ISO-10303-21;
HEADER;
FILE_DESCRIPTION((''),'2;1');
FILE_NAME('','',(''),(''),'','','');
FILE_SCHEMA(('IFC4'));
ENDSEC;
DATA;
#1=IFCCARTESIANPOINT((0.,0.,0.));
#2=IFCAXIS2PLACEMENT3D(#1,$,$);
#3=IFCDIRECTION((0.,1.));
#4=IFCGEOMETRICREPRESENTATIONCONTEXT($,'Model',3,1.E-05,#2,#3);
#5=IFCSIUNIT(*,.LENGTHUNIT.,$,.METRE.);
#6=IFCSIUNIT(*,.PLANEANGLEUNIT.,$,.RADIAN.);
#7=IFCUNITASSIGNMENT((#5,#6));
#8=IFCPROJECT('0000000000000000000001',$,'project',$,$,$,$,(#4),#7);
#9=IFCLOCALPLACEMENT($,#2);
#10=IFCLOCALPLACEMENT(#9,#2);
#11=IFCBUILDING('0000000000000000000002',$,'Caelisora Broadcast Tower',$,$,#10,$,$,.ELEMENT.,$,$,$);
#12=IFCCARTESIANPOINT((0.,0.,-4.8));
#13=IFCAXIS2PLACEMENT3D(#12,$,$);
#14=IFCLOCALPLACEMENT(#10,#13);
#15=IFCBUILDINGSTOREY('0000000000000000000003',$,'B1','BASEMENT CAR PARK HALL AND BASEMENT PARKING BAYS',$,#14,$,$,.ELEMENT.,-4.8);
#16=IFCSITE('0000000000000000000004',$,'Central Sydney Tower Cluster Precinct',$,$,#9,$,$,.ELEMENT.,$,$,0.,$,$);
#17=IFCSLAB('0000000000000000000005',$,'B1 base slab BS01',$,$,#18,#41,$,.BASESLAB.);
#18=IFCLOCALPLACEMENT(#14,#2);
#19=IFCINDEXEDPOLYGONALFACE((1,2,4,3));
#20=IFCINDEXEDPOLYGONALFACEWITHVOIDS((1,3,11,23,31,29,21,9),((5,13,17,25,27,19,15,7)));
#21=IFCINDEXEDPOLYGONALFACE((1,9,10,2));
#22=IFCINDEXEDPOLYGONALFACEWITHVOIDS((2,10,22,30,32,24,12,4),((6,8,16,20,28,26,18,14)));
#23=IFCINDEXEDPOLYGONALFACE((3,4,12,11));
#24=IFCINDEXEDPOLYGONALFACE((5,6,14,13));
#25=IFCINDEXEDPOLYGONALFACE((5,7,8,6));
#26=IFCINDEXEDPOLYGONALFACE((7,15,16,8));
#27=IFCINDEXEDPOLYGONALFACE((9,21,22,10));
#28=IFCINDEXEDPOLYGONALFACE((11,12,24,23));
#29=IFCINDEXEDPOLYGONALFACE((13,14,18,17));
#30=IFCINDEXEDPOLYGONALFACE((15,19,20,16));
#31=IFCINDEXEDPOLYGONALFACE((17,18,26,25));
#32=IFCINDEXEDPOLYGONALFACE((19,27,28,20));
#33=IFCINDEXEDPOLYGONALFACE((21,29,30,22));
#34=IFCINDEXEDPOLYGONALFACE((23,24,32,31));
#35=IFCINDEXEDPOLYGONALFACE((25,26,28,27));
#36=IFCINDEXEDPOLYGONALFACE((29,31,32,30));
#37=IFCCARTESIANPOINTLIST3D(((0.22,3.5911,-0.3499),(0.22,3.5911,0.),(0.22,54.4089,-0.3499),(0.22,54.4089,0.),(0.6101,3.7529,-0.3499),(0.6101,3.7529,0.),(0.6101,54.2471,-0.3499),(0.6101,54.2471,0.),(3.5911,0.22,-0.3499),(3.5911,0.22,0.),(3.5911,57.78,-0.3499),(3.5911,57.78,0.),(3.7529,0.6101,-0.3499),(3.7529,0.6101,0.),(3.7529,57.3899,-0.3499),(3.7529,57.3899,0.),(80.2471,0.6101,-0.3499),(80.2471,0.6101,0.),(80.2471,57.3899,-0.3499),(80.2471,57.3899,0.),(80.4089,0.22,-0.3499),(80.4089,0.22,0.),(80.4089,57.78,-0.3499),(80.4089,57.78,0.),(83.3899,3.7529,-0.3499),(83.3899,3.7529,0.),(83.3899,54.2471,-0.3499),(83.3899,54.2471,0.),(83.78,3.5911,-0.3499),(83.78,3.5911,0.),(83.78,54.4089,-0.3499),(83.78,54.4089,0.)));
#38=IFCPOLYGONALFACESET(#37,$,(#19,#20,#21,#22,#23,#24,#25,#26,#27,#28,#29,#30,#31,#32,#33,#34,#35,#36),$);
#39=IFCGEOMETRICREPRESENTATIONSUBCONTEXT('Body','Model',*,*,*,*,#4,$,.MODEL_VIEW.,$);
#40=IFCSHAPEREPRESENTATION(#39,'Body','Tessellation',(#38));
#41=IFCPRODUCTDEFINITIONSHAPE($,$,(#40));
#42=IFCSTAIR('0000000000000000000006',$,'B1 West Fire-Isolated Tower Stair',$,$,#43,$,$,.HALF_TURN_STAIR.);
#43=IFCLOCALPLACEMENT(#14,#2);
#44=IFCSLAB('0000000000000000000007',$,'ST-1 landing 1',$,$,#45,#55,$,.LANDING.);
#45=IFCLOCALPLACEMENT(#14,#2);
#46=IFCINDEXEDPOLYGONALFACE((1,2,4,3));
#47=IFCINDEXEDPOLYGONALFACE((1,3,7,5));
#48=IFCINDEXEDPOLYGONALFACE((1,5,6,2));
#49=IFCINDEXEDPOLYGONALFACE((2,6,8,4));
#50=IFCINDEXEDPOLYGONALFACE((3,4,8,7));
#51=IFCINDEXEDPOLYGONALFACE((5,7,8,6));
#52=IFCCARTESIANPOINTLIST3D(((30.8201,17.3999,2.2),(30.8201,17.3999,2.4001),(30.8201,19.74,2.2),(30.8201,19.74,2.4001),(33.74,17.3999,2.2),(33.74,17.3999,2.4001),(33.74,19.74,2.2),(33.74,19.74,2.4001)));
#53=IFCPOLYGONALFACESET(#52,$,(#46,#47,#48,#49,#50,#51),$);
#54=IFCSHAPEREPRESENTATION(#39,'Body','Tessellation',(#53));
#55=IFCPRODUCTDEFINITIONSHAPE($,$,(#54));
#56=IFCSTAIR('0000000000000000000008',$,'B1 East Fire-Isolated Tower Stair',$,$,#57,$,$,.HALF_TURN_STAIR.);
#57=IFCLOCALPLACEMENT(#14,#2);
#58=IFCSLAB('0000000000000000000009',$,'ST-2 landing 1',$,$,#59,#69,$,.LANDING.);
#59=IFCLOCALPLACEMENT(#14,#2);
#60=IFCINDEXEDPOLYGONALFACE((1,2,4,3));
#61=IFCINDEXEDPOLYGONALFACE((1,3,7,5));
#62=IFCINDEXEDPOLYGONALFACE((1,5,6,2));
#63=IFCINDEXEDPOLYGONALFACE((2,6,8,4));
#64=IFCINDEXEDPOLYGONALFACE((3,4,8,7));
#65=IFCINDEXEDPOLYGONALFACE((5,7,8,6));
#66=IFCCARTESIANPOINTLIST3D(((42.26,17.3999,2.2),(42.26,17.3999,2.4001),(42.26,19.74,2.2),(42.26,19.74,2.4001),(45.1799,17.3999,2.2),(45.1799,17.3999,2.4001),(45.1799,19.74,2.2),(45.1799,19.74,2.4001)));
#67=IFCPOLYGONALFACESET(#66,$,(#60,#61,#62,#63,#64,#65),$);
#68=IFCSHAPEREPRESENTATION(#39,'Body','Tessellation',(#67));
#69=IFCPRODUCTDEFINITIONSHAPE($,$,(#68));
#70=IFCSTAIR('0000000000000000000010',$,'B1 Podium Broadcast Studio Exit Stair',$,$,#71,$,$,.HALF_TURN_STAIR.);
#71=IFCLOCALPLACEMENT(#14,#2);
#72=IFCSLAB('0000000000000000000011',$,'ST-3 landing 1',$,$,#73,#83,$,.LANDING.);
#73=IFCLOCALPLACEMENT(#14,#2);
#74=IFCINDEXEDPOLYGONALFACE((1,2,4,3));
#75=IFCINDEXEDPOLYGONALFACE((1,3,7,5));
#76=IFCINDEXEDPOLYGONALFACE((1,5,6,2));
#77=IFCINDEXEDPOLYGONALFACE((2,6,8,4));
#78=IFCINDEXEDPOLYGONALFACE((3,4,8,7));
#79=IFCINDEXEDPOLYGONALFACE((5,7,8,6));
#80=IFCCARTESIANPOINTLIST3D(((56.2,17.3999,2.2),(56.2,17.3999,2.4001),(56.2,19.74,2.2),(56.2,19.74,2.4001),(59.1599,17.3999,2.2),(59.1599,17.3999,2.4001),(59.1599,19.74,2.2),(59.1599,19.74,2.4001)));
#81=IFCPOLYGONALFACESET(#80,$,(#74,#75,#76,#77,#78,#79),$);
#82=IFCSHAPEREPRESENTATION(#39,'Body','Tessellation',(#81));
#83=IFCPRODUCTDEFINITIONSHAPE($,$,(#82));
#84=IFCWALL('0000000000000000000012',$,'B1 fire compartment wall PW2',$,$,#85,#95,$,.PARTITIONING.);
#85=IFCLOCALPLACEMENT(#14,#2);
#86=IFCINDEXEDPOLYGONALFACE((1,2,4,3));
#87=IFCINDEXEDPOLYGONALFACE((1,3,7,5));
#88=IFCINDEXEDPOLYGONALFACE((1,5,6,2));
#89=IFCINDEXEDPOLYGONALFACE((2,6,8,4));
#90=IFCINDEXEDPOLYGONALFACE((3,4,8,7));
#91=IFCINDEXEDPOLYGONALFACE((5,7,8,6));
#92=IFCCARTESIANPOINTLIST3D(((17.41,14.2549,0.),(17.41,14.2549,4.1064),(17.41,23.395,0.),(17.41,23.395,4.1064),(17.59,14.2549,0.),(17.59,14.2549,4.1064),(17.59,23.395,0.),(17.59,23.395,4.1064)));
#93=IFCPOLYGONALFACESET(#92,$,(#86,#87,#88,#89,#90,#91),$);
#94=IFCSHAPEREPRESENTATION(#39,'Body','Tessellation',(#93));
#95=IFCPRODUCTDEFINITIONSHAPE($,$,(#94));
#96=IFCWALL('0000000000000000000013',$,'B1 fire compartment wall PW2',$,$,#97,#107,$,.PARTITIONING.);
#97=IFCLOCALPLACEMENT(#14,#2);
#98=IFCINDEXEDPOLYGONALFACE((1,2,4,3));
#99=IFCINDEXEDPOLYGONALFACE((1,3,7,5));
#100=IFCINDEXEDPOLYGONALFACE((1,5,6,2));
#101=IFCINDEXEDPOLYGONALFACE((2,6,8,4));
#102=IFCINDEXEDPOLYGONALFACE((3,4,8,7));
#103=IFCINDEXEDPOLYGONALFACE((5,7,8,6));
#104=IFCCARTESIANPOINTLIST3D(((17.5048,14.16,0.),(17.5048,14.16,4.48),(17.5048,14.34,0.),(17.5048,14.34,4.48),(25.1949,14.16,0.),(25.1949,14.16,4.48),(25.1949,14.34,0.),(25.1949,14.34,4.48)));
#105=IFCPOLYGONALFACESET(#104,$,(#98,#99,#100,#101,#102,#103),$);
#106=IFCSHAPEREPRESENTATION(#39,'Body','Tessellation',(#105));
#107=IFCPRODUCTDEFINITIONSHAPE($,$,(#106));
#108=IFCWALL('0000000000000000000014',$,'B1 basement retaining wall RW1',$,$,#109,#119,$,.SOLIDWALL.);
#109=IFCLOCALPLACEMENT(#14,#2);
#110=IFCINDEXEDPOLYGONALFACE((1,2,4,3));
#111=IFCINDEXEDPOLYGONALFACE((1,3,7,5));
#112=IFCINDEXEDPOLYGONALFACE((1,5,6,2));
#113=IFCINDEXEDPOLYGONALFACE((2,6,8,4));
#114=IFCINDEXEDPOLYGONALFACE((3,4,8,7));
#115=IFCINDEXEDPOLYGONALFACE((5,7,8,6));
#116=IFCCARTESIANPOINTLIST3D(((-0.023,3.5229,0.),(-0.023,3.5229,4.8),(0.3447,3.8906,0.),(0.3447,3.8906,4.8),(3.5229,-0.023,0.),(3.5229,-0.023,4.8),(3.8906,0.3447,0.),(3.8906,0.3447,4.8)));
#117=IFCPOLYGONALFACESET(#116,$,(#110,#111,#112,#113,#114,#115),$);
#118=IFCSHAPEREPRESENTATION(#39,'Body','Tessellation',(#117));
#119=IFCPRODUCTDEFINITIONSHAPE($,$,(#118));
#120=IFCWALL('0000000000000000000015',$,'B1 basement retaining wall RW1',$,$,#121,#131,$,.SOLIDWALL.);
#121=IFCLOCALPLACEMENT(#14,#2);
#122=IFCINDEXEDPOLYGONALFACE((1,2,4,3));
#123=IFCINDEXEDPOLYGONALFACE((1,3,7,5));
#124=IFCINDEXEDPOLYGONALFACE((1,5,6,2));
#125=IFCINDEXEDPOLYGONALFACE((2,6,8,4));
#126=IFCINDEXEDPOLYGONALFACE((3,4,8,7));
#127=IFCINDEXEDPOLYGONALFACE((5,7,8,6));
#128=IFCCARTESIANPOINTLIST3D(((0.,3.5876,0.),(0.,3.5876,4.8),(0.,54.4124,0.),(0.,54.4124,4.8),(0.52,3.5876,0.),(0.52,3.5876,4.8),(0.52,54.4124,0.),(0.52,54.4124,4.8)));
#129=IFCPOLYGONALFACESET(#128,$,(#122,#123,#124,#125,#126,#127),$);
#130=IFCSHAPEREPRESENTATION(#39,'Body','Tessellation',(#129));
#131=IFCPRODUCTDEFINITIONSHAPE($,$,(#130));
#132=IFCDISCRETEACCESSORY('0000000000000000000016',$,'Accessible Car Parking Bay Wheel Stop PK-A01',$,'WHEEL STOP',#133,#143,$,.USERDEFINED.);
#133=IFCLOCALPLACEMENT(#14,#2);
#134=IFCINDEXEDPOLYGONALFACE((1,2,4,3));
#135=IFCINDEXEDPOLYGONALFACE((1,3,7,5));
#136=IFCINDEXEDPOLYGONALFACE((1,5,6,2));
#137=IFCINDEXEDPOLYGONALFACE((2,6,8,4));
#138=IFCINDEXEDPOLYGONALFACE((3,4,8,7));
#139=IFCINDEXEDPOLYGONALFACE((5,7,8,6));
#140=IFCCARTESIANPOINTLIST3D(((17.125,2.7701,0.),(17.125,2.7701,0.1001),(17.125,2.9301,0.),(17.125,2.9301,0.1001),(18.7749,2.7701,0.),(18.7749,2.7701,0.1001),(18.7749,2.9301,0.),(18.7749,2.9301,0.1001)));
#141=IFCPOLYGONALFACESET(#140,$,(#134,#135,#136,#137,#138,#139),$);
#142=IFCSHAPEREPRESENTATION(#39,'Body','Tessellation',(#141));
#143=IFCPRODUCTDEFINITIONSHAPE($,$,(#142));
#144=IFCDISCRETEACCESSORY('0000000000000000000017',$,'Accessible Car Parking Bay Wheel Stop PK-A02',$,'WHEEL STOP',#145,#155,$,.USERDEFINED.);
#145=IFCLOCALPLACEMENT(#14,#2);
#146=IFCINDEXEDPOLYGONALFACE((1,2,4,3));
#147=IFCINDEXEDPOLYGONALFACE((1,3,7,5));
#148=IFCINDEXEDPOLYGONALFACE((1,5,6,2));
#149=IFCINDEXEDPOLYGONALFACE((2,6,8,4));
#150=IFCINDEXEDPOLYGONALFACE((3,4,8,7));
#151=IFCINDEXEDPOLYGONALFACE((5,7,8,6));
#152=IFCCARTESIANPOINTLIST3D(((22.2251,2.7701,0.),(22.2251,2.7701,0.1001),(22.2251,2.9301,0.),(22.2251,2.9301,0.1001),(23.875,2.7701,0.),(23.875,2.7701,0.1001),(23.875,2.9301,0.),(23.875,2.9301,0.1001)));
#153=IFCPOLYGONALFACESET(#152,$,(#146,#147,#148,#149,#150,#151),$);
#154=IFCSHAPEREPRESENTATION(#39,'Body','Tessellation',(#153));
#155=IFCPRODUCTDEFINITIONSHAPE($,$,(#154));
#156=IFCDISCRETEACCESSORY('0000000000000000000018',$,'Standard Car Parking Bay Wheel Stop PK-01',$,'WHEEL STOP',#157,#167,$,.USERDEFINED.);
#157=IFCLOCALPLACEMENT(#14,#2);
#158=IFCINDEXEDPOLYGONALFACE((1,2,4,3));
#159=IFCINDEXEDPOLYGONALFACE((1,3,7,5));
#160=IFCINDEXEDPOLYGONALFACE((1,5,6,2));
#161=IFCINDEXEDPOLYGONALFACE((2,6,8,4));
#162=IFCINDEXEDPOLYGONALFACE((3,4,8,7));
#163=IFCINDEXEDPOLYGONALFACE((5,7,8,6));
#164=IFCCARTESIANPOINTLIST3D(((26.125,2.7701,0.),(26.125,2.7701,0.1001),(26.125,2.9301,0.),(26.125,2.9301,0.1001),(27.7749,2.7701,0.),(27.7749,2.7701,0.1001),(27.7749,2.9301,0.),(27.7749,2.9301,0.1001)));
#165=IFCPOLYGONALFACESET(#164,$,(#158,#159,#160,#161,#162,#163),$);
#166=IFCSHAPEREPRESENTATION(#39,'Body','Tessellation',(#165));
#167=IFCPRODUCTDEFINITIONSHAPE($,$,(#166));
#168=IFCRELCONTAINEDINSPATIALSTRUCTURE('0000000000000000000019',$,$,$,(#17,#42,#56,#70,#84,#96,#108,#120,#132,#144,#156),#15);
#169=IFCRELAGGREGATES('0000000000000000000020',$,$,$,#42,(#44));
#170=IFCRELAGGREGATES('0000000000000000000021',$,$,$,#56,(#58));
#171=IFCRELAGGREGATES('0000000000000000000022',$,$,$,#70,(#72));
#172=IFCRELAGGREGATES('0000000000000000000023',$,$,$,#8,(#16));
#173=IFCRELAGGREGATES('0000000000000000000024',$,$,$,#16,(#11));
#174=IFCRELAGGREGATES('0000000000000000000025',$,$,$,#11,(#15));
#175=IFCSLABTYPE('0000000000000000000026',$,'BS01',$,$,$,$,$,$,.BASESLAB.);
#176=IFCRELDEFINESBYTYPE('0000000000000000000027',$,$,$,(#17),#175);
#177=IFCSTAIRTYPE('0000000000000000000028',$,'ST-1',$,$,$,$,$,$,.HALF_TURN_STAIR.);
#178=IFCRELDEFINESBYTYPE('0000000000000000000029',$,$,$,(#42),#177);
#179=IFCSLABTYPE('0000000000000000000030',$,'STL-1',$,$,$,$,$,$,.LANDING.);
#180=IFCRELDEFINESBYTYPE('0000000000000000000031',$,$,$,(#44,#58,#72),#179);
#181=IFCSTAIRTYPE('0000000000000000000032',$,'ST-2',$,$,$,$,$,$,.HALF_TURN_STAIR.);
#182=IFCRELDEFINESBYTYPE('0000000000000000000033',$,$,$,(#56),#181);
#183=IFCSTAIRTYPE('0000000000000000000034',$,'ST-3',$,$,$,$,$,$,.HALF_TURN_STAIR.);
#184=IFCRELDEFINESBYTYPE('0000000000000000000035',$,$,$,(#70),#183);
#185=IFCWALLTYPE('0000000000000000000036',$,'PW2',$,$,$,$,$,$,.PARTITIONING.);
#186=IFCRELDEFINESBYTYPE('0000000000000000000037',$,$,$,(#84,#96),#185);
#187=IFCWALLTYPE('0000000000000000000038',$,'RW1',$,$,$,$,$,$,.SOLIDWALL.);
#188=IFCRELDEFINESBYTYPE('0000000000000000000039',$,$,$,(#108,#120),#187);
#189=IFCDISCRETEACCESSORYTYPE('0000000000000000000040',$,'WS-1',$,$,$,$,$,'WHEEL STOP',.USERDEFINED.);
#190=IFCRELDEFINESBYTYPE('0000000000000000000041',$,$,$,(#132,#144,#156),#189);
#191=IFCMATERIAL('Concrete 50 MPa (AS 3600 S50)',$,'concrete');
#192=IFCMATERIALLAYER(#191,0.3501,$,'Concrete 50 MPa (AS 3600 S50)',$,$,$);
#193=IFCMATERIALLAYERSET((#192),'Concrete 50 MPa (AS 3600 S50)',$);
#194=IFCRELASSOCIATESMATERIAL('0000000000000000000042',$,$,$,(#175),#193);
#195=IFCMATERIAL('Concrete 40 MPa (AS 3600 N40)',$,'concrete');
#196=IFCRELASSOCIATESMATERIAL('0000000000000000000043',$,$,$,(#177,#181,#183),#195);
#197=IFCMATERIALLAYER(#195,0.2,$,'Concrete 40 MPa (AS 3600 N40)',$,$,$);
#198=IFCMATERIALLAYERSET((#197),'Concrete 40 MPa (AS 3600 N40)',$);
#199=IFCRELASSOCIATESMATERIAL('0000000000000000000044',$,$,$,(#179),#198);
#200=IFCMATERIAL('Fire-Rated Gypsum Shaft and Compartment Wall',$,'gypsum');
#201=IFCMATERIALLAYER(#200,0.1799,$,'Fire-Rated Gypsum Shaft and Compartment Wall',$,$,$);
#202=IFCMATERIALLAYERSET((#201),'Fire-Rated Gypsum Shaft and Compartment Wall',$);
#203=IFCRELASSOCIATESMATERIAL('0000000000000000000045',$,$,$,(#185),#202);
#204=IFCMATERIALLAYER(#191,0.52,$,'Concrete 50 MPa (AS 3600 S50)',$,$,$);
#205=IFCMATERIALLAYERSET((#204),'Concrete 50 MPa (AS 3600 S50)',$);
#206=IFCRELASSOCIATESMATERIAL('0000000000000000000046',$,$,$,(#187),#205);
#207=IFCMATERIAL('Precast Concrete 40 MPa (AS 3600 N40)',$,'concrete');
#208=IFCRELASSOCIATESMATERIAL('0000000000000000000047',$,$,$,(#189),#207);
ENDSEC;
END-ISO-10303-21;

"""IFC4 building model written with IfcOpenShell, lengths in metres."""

from ifc_helpers import new_model, si_unit, direction, frame, frame_2d, origin, origin_2d, place, context, subcontext, project, spatial, polyline, rectangle, outline, extrude, source, transform, mapped, material, layer, layer_set, type_object, type_shapes, element, aggregate, save


model = new_model("IFC4")

# Units and contexts
model_context = context("Model", 3, precision=1e-05, world=origin(), true_north=direction((0.0, 1.0)))
body_context = subcontext(model_context, "Body", "Model", "MODEL_VIEW")
ifc_project = project(units=[si_unit("LENGTHUNIT", "METRE"), si_unit("PLANEANGLEUNIT", "RADIAN")], contexts=[model_context])

# Site, building, storey
site_placement = place(None, origin())
site = spatial("IfcSite", under=ifc_project, at=site_placement, Name="Central Sydney Tower Cluster Precinct", CompositionType="ELEMENT", RefElevation=0.0)
building_placement = place(site_placement, origin())
building = spatial("IfcBuilding", under=site, at=building_placement, Name="Caelisora Broadcast Tower", CompositionType="ELEMENT")
storey_placement = place(building_placement, frame((0.0, 0.0, -4.8)))
storey = spatial("IfcBuildingStorey", under=building, at=storey_placement, Name="B1", Description="BASEMENT CAR PARK HALL AND BASEMENT PARKING BAYS", CompositionType="ELEMENT", Elevation=-4.8)

# Shared definitions
ifc_material_1 = material(Name="Concrete 50 MPa (AS 3600 S50)", Category="concrete")

# Shared definitions
ifc_material_2 = material(Name="Concrete 40 MPa (AS 3600 N40)", Category="concrete")

# Slab
ifc_layer_1 = layer(ifc_material_1, 0.3501, Name="Concrete 50 MPa (AS 3600 S50)")
ifc_layer_set_1 = layer_set([ifc_layer_1], Name="Concrete 50 MPa (AS 3600 S50)")
slab_type_1 = type_object("IfcSlabType", Name="BS01", PredefinedType="BASESLAB", material=ifc_layer_set_1)
slab_1_placement = place(storey_placement, frame((0.0, 0.0, -0.3499)))
element("IfcSlab", 1, at=slab_1_placement, inside=storey, type_object=slab_type_1, Name="B1 base slab BS01", PredefinedType="BASESLAB", context=body_context, shape_type="SweptSolid", body=[
    extrude(outline(polyline([(3.5911, 0.22), (0.22, 3.5911), (0.22, 54.4089), (3.5911, 57.78), (80.4089, 57.78), (83.78, 54.4089), (83.78, 3.5911), (80.4089, 0.22), (3.5911, 0.22)]), holes=[polyline([(3.7529, 0.6101), (0.6101, 3.7529), (0.6101, 54.2471), (3.7529, 57.3899), (80.2471, 57.3899), (83.3899, 54.2471), (83.3899, 3.7529), (80.2471, 0.6101), (3.7529, 0.6101)])]), origin(), (0.0, 0.0, 1.0), 0.3499),
])

# Stairs, slabs
stair_type_1 = type_object("IfcStairType", Name="ST-1", PredefinedType="HALF_TURN_STAIR", material=ifc_material_2)
stair_1_placement = place(storey_placement, origin())
stair_1 = element("IfcStair", 2, at=stair_1_placement, inside=storey, type_object=stair_type_1, Name="B1 West Fire-Isolated Tower Stair", PredefinedType="HALF_TURN_STAIR")
ifc_layer_2 = layer(ifc_material_2, 0.2, Name="Concrete 40 MPa (AS 3600 N40)")
ifc_layer_set_2 = layer_set([ifc_layer_2], Name="Concrete 40 MPa (AS 3600 N40)")
slab_type_2 = type_object("IfcSlabType", Name="STL-1", PredefinedType="LANDING", material=ifc_layer_set_2)
slab_2_placement = place(storey_placement, frame((0.0, 0.0, 2.2)))
slab_2 = element("IfcSlab", 3, at=slab_2_placement, type_object=slab_type_2, Name="ST-1 landing 1", PredefinedType="LANDING", context=body_context, shape_type="SweptSolid", body=[
    extrude(outline(polyline([(30.8201, 19.74), (30.8201, 17.3999), (33.74, 17.3999), (33.74, 19.74), (30.8201, 19.74)])), origin(), (0.0, 0.0, 1.0), 0.2002),
])
aggregate(stair_1, [slab_2])
stair_type_2 = type_object("IfcStairType", Name="ST-2", PredefinedType="HALF_TURN_STAIR", material=ifc_material_2)
stair_2_placement = place(storey_placement, origin())
stair_2 = element("IfcStair", 4, at=stair_2_placement, inside=storey, type_object=stair_type_2, Name="B1 East Fire-Isolated Tower Stair", PredefinedType="HALF_TURN_STAIR")
slab_3_placement = place(storey_placement, frame((0.0, 0.0, 2.2)))
slab_3 = element("IfcSlab", 5, at=slab_3_placement, type_object=slab_type_2, Name="ST-2 landing 1", PredefinedType="LANDING", context=body_context, shape_type="SweptSolid", body=[
    extrude(outline(polyline([(42.26, 19.74), (42.26, 17.3999), (45.1799, 17.3999), (45.1799, 19.74), (42.26, 19.74)])), origin(), (0.0, 0.0, 1.0), 0.2002),
])
aggregate(stair_2, [slab_3])
stair_type_3 = type_object("IfcStairType", Name="ST-3", PredefinedType="HALF_TURN_STAIR", material=ifc_material_2)
stair_3_placement = place(storey_placement, origin())
stair_3 = element("IfcStair", 6, at=stair_3_placement, inside=storey, type_object=stair_type_3, Name="B1 Podium Broadcast Studio Exit Stair", PredefinedType="HALF_TURN_STAIR")
slab_4_placement = place(storey_placement, frame((0.0, 0.0, 2.2)))
slab_4 = element("IfcSlab", 7, at=slab_4_placement, type_object=slab_type_2, Name="ST-3 landing 1", PredefinedType="LANDING", context=body_context, shape_type="SweptSolid", body=[
    extrude(outline(polyline([(56.2, 19.74), (56.2, 17.3999), (59.1599, 17.3999), (59.1599, 19.74), (56.2, 19.74)])), origin(), (0.0, 0.0, 1.0), 0.2002),
])
aggregate(stair_3, [slab_4])

# Walls
ifc_material_3 = material(Name="Fire-Rated Gypsum Shaft and Compartment Wall", Category="gypsum")
ifc_layer_3 = layer(ifc_material_3, 0.1799, Name="Fire-Rated Gypsum Shaft and Compartment Wall")
ifc_layer_set_3 = layer_set([ifc_layer_3], Name="Fire-Rated Gypsum Shaft and Compartment Wall")
wall_type_1 = type_object("IfcWallType", Name="PW2", PredefinedType="PARTITIONING", material=ifc_layer_set_3)
wall_1_placement = place(storey_placement, frame((17.5, 14.2549, 0.0), z_axis=(0.0, 0.0, 1.0), x_axis=(0.0, 1.0, 0.0)))
element("IfcWall", 8, at=wall_1_placement, inside=storey, type_object=wall_type_1, Name="B1 fire compartment wall PW2", PredefinedType="PARTITIONING", context=body_context, shape_type="SweptSolid", body=[
    extrude(rectangle(XDim=9.1401, YDim=0.1799, at=frame_2d((4.5701, 0.0))), origin(), (0.0, 0.0, 1.0), 4.1064),
])
wall_2_placement = place(storey_placement, frame((25.1951, 14.25, 0.0), z_axis=(0.0, 0.0, 1.0), x_axis=(-1.0, 0.0, 0.0)))
element("IfcWall", 9, at=wall_2_placement, inside=storey, type_object=wall_type_1, Name="B1 fire compartment wall PW2", PredefinedType="PARTITIONING", context=body_context, shape_type="SweptSolid", body=[
    extrude(rectangle(XDim=7.6902, YDim=0.1799, at=frame_2d((3.8452, 0.0))), origin(), (0.0, 0.0, 1.0), 4.48),
])
ifc_layer_4 = layer(ifc_material_1, 0.52, Name="Concrete 50 MPa (AS 3600 S50)")
ifc_layer_set_4 = layer_set([ifc_layer_4], Name="Concrete 50 MPa (AS 3600 S50)")
wall_type_2 = type_object("IfcWallType", Name="RW1", PredefinedType="SOLIDWALL", material=ifc_layer_set_4)
wall_3_placement = place(storey_placement, frame((3.7068, 0.1609, 0.0), z_axis=(0.0, 0.0, 1.0), x_axis=(-0.707107, 0.707107, 0.0)))
element("IfcWall", 10, at=wall_3_placement, inside=storey, type_object=wall_type_2, Name="B1 basement retaining wall RW1", PredefinedType="SOLIDWALL", context=body_context, shape_type="SweptSolid", body=[
    extrude(rectangle(XDim=5.0146, YDim=0.52, at=frame_2d((2.5073, 0.0))), origin(), (0.0, 0.0, 1.0), 4.8),
])
wall_4_placement = place(storey_placement, frame((0.26, 3.5876, 0.0), z_axis=(0.0, 0.0, 1.0), x_axis=(0.0, 1.0, 0.0)))
element("IfcWall", 11, at=wall_4_placement, inside=storey, type_object=wall_type_2, Name="B1 basement retaining wall RW1", PredefinedType="SOLIDWALL", context=body_context, shape_type="SweptSolid", body=[
    extrude(rectangle(XDim=50.8247, YDim=0.52, at=frame_2d((25.4124, 0.0))), origin(), (0.0, 0.0, 1.0), 4.8),
])

# Discrete accessories
ifc_material_4 = material(Name="Precast Concrete 40 MPa (AS 3600 N40)", Category="concrete")
discrete_accessory_type = type_object("IfcDiscreteAccessoryType", Name="WS-1", ElementType="WHEEL STOP", PredefinedType="USERDEFINED", material=ifc_material_4)
shared_shape_1 = source(origin(), body_context, "Body", "SweptSolid", [
    extrude(rectangle(XDim=1.6499, YDim=0.1599, at=origin_2d()), origin(), (0.0, 0.0, 1.0), 0.1001),
])
type_shapes(discrete_accessory_type, [shared_shape_1])
for number, where, z_axis, x_axis, name in (
    (12, (17.95, 2.8501, 0.0), (0.0, 0.0, 1.0), (1.0, 0.0, 0.0), "Accessible Car Parking Bay Wheel Stop PK-A01"),
    (13, (23.05, 2.8501, 0.0), (0.0, 0.0, 1.0), (1.0, 0.0, 0.0), "Accessible Car Parking Bay Wheel Stop PK-A02"),
    (14, (26.95, 2.8501, 0.0), (0.0, 0.0, 1.0), (1.0, 0.0, 0.0), "Standard Car Parking Bay Wheel Stop PK-01"),
):
    element("IfcDiscreteAccessory", number, at=place(storey_placement, frame(where, z_axis=z_axis, x_axis=x_axis)), inside=storey, type_object=discrete_accessory_type, Name=name, ObjectType="WHEEL STOP", PredefinedType="USERDEFINED", context=body_context, shape_type="MappedRepresentation", body=[
        mapped(shared_shape_1, transform((0.0, 0.0, 0.0), scale=1.0)),
    ])

save(model, "model.ifc")
